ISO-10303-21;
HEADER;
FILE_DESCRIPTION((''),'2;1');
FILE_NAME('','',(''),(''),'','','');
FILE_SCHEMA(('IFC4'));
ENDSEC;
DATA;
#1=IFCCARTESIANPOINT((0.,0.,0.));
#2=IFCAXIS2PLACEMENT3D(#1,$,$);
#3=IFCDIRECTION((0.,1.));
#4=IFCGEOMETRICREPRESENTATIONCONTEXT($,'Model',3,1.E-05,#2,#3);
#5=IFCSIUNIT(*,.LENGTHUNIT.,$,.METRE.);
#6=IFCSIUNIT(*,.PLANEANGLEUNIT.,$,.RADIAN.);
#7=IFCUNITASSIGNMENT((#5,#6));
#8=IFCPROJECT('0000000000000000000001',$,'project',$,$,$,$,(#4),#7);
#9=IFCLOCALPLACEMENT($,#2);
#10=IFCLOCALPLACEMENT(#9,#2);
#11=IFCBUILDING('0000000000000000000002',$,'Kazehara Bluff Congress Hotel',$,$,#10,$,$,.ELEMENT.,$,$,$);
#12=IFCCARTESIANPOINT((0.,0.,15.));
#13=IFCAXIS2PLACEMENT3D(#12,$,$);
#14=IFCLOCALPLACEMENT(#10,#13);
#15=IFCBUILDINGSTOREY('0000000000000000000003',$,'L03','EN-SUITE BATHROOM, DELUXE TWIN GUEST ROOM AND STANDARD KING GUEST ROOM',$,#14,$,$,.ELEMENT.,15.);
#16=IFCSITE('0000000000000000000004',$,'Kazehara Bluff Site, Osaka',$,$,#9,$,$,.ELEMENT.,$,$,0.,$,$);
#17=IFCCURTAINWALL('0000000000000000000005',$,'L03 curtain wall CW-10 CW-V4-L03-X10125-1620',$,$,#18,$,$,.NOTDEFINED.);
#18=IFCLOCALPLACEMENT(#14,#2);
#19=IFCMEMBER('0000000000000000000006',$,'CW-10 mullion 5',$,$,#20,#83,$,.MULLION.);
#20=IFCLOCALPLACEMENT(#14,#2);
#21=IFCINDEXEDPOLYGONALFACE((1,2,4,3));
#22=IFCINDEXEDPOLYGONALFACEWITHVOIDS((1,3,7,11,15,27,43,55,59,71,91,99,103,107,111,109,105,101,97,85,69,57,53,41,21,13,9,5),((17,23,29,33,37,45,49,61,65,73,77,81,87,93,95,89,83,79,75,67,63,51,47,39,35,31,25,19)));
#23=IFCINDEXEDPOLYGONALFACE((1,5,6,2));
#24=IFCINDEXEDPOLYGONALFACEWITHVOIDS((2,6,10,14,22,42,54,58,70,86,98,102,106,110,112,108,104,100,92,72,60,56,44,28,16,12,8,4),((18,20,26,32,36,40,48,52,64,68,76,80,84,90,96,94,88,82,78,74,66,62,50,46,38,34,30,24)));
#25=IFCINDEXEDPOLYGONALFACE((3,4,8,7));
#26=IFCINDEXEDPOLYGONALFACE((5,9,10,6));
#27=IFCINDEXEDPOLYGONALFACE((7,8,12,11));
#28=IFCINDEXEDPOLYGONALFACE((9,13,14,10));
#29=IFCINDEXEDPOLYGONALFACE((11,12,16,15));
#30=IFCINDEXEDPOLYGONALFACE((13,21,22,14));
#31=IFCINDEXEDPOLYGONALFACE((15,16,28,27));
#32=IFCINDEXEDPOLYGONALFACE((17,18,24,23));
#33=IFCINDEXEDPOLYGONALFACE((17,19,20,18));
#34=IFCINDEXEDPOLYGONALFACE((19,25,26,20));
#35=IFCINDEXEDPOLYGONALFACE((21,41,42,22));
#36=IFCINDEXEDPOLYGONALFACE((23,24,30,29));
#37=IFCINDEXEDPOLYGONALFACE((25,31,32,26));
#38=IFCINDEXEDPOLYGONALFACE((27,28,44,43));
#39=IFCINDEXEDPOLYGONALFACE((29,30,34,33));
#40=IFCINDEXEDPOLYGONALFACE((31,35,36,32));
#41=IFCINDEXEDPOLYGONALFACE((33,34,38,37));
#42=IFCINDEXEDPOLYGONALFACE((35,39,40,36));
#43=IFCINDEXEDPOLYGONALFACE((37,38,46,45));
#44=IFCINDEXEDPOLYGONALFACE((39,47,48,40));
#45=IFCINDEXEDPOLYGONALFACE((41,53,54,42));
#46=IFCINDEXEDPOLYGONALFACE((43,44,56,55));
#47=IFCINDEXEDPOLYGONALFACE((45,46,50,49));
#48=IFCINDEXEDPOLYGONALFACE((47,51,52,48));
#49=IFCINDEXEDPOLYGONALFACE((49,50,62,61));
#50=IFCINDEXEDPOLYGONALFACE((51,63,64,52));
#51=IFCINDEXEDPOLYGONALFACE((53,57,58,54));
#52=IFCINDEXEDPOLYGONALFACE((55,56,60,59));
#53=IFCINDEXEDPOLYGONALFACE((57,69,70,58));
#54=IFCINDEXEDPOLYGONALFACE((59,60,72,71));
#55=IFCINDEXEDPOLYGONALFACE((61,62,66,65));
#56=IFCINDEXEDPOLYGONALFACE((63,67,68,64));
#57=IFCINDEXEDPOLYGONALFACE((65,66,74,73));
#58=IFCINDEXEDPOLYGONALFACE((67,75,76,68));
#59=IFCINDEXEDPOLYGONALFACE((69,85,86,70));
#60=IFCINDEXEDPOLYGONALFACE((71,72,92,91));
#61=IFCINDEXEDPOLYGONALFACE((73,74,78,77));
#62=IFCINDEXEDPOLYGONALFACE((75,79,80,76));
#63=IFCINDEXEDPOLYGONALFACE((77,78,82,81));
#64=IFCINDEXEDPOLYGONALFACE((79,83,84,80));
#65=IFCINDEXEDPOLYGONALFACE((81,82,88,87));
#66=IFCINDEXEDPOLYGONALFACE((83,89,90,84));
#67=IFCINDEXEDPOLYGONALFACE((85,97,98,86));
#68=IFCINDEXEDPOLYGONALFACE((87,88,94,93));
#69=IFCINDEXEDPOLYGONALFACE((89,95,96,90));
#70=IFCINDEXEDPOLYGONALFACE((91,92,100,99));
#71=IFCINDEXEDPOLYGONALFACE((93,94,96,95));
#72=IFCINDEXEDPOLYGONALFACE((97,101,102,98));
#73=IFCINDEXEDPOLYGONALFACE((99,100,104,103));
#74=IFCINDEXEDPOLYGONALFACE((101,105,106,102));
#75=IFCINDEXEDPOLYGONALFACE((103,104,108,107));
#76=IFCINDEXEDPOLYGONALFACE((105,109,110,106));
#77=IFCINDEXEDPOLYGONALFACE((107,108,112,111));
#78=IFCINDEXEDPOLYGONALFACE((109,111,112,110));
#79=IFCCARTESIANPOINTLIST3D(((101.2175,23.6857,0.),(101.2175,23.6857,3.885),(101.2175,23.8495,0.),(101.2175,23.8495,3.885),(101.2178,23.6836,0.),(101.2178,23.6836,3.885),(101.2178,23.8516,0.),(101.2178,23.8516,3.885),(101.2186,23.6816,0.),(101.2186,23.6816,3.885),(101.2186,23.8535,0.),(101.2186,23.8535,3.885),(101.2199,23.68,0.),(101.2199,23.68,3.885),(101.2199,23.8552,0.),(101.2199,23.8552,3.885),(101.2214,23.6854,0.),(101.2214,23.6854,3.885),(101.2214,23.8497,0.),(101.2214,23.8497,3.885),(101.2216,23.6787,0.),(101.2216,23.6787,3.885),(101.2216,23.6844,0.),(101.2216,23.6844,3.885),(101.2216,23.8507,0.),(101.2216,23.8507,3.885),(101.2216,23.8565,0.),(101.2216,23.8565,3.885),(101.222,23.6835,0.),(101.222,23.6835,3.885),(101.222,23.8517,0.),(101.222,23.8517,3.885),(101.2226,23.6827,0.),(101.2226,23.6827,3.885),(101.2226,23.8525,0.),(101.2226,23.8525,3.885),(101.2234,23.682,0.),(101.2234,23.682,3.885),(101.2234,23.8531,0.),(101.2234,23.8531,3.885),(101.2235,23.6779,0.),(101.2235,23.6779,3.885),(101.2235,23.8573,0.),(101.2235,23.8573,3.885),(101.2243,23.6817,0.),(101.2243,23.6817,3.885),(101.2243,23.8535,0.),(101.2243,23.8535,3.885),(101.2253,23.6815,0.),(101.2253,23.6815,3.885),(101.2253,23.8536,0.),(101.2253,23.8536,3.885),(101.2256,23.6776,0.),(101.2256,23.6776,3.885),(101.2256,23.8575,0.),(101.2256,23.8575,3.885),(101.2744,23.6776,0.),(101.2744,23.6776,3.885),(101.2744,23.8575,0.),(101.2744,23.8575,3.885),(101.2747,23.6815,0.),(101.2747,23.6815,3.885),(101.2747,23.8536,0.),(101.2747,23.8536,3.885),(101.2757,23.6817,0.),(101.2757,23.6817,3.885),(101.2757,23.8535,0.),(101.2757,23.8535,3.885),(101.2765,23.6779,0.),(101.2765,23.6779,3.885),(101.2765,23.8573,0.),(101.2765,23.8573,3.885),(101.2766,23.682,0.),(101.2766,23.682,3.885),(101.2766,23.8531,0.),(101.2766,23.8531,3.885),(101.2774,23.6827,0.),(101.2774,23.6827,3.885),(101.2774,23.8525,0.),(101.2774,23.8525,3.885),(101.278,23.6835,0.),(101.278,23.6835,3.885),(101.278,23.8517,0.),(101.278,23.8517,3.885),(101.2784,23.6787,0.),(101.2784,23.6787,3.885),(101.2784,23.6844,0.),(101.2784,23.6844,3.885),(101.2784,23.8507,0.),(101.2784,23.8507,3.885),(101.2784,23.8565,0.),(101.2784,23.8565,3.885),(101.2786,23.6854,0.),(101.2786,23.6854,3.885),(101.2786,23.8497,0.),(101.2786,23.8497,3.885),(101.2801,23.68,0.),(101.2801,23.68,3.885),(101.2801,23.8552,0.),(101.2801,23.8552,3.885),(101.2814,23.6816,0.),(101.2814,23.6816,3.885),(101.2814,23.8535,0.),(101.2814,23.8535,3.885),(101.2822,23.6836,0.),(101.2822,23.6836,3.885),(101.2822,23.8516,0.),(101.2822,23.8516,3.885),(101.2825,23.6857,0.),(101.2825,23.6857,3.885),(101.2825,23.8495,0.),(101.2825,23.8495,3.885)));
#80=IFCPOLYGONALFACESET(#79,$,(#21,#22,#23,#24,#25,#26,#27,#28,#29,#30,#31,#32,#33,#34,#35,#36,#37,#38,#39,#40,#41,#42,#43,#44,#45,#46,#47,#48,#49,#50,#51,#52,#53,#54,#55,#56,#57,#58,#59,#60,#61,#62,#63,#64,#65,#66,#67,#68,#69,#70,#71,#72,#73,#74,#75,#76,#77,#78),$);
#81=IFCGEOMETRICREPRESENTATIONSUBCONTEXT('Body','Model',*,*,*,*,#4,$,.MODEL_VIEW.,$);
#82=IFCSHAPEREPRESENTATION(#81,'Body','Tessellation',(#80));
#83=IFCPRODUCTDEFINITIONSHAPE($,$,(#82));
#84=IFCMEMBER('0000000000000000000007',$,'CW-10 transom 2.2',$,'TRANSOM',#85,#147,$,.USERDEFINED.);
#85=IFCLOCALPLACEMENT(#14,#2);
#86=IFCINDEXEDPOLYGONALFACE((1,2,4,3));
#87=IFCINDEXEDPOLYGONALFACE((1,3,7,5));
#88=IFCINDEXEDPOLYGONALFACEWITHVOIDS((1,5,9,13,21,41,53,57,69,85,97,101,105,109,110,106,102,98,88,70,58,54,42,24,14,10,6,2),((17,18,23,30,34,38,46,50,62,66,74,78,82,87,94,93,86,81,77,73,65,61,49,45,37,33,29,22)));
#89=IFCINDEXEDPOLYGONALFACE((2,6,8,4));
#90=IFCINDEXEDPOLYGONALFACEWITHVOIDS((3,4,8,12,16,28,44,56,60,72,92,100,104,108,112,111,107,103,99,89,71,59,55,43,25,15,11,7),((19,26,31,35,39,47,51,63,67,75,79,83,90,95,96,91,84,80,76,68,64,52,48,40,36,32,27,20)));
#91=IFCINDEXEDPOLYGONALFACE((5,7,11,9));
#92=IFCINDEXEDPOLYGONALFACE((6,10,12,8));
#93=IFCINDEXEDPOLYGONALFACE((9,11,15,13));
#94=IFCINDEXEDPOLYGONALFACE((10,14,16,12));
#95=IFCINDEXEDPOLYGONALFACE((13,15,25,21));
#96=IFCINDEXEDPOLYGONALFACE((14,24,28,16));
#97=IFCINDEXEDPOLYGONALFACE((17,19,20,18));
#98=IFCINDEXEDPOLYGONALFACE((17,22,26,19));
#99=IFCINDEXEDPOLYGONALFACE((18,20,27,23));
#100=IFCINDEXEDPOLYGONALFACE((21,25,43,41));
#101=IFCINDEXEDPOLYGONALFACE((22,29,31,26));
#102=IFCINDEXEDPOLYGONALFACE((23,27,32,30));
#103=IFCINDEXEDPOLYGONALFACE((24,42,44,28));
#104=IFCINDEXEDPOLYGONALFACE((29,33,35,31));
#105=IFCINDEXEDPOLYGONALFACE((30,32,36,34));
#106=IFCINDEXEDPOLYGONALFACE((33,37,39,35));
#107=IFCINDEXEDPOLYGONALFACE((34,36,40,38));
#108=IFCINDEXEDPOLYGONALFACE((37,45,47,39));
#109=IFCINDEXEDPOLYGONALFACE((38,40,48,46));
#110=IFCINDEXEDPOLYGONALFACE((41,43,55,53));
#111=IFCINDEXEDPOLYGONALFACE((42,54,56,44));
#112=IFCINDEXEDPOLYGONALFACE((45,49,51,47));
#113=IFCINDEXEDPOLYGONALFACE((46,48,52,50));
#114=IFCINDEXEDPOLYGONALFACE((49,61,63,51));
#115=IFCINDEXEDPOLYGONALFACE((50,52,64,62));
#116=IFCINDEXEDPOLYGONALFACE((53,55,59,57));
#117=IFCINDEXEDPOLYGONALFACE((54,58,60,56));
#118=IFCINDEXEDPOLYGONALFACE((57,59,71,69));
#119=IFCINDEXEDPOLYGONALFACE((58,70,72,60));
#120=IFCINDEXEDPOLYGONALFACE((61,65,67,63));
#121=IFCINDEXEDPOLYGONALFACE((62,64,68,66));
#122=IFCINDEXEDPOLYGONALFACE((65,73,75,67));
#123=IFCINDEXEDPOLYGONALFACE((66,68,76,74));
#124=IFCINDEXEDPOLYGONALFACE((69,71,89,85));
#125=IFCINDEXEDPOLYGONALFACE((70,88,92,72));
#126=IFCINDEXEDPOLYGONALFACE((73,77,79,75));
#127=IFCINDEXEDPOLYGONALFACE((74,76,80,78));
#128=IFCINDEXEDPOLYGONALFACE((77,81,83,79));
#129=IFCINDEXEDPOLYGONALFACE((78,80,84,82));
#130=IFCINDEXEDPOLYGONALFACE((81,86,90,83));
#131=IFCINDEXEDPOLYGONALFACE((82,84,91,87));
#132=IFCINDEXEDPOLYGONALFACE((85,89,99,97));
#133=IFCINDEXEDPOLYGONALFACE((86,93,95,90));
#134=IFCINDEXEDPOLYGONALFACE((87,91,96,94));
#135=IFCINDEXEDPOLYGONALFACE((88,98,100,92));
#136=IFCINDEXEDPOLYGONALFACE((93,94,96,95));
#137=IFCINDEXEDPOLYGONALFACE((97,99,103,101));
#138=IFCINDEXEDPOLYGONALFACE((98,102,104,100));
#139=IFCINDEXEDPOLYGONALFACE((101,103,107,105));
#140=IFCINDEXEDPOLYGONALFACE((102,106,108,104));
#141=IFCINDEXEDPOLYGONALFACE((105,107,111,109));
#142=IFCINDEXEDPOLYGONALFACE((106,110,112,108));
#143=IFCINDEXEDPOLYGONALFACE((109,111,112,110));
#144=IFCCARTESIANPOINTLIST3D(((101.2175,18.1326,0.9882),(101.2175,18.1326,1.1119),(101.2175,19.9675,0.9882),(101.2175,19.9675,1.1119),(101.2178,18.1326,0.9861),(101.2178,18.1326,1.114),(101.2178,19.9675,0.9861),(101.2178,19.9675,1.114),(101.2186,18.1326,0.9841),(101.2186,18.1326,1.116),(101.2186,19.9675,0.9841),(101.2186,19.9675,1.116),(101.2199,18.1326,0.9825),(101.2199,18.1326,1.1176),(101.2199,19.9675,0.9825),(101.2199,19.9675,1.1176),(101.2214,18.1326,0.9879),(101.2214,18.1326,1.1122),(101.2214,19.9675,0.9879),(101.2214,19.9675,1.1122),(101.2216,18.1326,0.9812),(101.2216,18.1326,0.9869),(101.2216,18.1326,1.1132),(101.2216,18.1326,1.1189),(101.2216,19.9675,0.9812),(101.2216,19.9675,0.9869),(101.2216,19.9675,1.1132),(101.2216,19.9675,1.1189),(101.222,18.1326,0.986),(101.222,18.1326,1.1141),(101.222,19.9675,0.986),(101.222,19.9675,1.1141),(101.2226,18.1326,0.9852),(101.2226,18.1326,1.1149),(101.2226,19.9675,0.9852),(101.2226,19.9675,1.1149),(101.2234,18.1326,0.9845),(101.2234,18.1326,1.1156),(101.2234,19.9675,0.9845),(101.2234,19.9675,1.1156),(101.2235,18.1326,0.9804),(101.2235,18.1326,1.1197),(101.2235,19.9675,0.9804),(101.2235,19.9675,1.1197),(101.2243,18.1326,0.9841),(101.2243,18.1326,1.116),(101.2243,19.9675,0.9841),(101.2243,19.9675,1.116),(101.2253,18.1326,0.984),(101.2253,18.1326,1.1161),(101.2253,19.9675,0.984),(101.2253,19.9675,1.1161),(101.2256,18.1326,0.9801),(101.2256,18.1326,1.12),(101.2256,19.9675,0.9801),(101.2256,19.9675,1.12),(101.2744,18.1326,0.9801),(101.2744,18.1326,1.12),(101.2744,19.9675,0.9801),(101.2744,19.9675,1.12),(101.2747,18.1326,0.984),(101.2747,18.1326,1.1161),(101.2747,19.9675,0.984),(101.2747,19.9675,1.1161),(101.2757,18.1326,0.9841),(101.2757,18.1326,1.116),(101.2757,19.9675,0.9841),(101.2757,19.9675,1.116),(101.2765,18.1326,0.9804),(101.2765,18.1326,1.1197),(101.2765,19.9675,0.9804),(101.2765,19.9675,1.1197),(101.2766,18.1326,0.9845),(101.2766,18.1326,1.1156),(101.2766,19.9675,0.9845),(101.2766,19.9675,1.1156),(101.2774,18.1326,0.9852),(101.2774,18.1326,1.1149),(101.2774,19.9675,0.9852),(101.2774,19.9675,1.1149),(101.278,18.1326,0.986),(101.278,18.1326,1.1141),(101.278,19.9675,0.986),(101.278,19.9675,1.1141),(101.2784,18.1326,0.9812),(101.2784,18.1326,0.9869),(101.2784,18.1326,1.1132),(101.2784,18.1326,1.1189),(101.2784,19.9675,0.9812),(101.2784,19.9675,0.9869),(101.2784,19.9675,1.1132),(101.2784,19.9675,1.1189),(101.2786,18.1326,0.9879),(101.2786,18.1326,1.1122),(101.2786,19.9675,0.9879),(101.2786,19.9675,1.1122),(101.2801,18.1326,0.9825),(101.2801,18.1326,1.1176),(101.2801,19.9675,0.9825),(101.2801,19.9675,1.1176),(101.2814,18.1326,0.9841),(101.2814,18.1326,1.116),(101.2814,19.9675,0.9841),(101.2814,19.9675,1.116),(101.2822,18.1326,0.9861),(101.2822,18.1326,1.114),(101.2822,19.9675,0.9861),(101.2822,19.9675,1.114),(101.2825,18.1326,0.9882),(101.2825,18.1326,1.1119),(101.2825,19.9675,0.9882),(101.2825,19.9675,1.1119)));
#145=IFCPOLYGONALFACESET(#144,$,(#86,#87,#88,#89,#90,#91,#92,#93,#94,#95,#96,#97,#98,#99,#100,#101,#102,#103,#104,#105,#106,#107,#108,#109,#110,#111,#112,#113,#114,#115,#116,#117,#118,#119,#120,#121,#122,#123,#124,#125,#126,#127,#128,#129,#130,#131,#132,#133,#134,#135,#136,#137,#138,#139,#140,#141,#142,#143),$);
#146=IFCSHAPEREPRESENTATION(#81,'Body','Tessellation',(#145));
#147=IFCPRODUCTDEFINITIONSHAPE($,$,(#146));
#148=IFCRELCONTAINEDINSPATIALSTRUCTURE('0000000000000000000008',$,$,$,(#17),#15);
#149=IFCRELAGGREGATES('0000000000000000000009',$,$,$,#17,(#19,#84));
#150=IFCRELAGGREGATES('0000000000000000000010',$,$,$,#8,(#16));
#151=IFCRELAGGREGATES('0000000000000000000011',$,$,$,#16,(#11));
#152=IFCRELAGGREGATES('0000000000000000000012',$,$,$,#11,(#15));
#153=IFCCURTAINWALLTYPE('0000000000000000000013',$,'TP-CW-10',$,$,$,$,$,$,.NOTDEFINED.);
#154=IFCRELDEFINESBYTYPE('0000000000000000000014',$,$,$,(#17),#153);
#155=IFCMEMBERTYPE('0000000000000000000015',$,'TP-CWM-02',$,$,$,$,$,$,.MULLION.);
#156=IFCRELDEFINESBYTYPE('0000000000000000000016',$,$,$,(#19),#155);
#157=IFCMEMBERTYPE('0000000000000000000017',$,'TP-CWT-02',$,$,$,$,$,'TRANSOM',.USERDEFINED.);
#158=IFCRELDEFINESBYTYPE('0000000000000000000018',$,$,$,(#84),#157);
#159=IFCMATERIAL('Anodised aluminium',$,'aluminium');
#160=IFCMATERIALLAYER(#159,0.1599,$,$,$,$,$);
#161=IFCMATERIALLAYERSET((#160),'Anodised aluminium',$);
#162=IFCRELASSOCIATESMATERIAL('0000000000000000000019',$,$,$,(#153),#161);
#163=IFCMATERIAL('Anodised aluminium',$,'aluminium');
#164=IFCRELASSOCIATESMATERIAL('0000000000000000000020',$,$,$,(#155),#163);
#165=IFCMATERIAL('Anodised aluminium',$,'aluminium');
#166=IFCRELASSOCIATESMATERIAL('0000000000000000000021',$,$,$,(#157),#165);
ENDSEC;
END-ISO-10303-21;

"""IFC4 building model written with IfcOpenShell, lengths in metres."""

from ifc_helpers import new_model, si_unit, direction, frame, origin, origin_2d, place, context, subcontext, project, spatial, hollow_rectangle, extrude, material, layer, layer_set, material_profile, profile_set, type_object, element, aggregate, save


model = new_model("IFC4")

# Units and contexts
model_context = context("Model", 3, precision=1e-05, world=origin(), true_north=direction((0.0, 1.0)))
body_context = subcontext(model_context, "Body", "Model", "MODEL_VIEW")
ifc_project = project(units=[si_unit("LENGTHUNIT", "METRE"), si_unit("PLANEANGLEUNIT", "RADIAN")], contexts=[model_context])

# Site, building, storey
site_placement = place(None, origin())
site = spatial("IfcSite", under=ifc_project, at=site_placement, Name="Kazehara Bluff Site, Osaka", CompositionType="ELEMENT", RefElevation=0.0)
building_placement = place(site_placement, origin())
building = spatial("IfcBuilding", under=site, at=building_placement, Name="Kazehara Bluff Congress Hotel", CompositionType="ELEMENT")
storey_placement = place(building_placement, frame((0.0, 0.0, 15.0)))
storey = spatial("IfcBuildingStorey", under=building, at=storey_placement, Name="L03", Description="EN-SUITE BATHROOM, DELUXE TWIN GUEST ROOM AND STANDARD KING GUEST ROOM", CompositionType="ELEMENT", Elevation=15.0)

# Curtain wall, members
ifc_material_1 = material(Name="Anodised aluminium", Category="aluminium")
ifc_layer_1 = layer(ifc_material_1, 0.1599)
ifc_layer_set_1 = layer_set([ifc_layer_1], Name="Anodised aluminium")
curtain_wall_type = type_object("IfcCurtainWallType", Name="TP-CW-10", PredefinedType="NOTDEFINED", material=ifc_layer_set_1)
curtain_wall_placement = place(storey_placement, origin())
curtain_wall = element("IfcCurtainWall", 1, at=curtain_wall_placement, inside=storey, type_object=curtain_wall_type, Name="L03 curtain wall CW-10 CW-V4-L03-X10125-1620", PredefinedType="NOTDEFINED")
ifc_material_2 = material(Name="Anodised aluminium", Category="aluminium")
ifc_material_profile_1 = material_profile(ifc_material_2, hollow_rectangle(XDim=0.0649, YDim=0.1799, WallThickness=0.0039, InnerFilletRadius=0.0039, OuterFilletRadius=0.0081, at=origin_2d()))
ifc_profile_set_1 = profile_set([ifc_material_profile_1], Name="Anodised aluminium")
member_type_1 = type_object("IfcMemberType", Name="TP-CWM-02", PredefinedType="MULLION", material=ifc_profile_set_1)
member_1_placement = place(storey_placement, frame((101.25, 23.7676, 0.0), z_axis=(0.0, 0.0, 1.0), x_axis=(-1.0, 0.0, 0.0)))
member_1 = element("IfcMember", 2, at=member_1_placement, type_object=member_type_1, Name="CW-10 mullion 5", PredefinedType="MULLION", context=body_context, shape_type="SweptSolid", body=[
    extrude(hollow_rectangle(XDim=0.0649, YDim=0.1799, WallThickness=0.0039, InnerFilletRadius=0.0039, OuterFilletRadius=0.0081, at=origin_2d()), origin(), (0.0, 0.0, 1.0), 3.885),
])
ifc_material_3 = material(Name="Anodised aluminium", Category="aluminium")
ifc_material_profile_2 = material_profile(ifc_material_3, hollow_rectangle(XDim=0.0649, YDim=0.1399, WallThickness=0.0039, InnerFilletRadius=0.0039, OuterFilletRadius=0.0081, at=origin_2d()))
ifc_profile_set_2 = profile_set([ifc_material_profile_2], Name="Anodised aluminium")
member_type_2 = type_object("IfcMemberType", Name="TP-CWT-02", ElementType="TRANSOM", PredefinedType="USERDEFINED", material=ifc_profile_set_2)
member_2_placement = place(storey_placement, frame((101.25, 18.1326, 1.05), z_axis=(0.0, 1.0, 0.0), x_axis=(-1.0, 0.0, 0.0)))
member_2 = element("IfcMember", 3, at=member_2_placement, type_object=member_type_2, Name="CW-10 transom 2.2", ObjectType="TRANSOM", PredefinedType="USERDEFINED", context=body_context, shape_type="SweptSolid", body=[
    extrude(hollow_rectangle(XDim=0.0649, YDim=0.1399, WallThickness=0.0039, InnerFilletRadius=0.0039, OuterFilletRadius=0.0081, at=origin_2d()), origin(), (0.0, 0.0, 1.0), 1.835),
])
aggregate(curtain_wall, [member_1, member_2])

save(model, "model.ifc")
